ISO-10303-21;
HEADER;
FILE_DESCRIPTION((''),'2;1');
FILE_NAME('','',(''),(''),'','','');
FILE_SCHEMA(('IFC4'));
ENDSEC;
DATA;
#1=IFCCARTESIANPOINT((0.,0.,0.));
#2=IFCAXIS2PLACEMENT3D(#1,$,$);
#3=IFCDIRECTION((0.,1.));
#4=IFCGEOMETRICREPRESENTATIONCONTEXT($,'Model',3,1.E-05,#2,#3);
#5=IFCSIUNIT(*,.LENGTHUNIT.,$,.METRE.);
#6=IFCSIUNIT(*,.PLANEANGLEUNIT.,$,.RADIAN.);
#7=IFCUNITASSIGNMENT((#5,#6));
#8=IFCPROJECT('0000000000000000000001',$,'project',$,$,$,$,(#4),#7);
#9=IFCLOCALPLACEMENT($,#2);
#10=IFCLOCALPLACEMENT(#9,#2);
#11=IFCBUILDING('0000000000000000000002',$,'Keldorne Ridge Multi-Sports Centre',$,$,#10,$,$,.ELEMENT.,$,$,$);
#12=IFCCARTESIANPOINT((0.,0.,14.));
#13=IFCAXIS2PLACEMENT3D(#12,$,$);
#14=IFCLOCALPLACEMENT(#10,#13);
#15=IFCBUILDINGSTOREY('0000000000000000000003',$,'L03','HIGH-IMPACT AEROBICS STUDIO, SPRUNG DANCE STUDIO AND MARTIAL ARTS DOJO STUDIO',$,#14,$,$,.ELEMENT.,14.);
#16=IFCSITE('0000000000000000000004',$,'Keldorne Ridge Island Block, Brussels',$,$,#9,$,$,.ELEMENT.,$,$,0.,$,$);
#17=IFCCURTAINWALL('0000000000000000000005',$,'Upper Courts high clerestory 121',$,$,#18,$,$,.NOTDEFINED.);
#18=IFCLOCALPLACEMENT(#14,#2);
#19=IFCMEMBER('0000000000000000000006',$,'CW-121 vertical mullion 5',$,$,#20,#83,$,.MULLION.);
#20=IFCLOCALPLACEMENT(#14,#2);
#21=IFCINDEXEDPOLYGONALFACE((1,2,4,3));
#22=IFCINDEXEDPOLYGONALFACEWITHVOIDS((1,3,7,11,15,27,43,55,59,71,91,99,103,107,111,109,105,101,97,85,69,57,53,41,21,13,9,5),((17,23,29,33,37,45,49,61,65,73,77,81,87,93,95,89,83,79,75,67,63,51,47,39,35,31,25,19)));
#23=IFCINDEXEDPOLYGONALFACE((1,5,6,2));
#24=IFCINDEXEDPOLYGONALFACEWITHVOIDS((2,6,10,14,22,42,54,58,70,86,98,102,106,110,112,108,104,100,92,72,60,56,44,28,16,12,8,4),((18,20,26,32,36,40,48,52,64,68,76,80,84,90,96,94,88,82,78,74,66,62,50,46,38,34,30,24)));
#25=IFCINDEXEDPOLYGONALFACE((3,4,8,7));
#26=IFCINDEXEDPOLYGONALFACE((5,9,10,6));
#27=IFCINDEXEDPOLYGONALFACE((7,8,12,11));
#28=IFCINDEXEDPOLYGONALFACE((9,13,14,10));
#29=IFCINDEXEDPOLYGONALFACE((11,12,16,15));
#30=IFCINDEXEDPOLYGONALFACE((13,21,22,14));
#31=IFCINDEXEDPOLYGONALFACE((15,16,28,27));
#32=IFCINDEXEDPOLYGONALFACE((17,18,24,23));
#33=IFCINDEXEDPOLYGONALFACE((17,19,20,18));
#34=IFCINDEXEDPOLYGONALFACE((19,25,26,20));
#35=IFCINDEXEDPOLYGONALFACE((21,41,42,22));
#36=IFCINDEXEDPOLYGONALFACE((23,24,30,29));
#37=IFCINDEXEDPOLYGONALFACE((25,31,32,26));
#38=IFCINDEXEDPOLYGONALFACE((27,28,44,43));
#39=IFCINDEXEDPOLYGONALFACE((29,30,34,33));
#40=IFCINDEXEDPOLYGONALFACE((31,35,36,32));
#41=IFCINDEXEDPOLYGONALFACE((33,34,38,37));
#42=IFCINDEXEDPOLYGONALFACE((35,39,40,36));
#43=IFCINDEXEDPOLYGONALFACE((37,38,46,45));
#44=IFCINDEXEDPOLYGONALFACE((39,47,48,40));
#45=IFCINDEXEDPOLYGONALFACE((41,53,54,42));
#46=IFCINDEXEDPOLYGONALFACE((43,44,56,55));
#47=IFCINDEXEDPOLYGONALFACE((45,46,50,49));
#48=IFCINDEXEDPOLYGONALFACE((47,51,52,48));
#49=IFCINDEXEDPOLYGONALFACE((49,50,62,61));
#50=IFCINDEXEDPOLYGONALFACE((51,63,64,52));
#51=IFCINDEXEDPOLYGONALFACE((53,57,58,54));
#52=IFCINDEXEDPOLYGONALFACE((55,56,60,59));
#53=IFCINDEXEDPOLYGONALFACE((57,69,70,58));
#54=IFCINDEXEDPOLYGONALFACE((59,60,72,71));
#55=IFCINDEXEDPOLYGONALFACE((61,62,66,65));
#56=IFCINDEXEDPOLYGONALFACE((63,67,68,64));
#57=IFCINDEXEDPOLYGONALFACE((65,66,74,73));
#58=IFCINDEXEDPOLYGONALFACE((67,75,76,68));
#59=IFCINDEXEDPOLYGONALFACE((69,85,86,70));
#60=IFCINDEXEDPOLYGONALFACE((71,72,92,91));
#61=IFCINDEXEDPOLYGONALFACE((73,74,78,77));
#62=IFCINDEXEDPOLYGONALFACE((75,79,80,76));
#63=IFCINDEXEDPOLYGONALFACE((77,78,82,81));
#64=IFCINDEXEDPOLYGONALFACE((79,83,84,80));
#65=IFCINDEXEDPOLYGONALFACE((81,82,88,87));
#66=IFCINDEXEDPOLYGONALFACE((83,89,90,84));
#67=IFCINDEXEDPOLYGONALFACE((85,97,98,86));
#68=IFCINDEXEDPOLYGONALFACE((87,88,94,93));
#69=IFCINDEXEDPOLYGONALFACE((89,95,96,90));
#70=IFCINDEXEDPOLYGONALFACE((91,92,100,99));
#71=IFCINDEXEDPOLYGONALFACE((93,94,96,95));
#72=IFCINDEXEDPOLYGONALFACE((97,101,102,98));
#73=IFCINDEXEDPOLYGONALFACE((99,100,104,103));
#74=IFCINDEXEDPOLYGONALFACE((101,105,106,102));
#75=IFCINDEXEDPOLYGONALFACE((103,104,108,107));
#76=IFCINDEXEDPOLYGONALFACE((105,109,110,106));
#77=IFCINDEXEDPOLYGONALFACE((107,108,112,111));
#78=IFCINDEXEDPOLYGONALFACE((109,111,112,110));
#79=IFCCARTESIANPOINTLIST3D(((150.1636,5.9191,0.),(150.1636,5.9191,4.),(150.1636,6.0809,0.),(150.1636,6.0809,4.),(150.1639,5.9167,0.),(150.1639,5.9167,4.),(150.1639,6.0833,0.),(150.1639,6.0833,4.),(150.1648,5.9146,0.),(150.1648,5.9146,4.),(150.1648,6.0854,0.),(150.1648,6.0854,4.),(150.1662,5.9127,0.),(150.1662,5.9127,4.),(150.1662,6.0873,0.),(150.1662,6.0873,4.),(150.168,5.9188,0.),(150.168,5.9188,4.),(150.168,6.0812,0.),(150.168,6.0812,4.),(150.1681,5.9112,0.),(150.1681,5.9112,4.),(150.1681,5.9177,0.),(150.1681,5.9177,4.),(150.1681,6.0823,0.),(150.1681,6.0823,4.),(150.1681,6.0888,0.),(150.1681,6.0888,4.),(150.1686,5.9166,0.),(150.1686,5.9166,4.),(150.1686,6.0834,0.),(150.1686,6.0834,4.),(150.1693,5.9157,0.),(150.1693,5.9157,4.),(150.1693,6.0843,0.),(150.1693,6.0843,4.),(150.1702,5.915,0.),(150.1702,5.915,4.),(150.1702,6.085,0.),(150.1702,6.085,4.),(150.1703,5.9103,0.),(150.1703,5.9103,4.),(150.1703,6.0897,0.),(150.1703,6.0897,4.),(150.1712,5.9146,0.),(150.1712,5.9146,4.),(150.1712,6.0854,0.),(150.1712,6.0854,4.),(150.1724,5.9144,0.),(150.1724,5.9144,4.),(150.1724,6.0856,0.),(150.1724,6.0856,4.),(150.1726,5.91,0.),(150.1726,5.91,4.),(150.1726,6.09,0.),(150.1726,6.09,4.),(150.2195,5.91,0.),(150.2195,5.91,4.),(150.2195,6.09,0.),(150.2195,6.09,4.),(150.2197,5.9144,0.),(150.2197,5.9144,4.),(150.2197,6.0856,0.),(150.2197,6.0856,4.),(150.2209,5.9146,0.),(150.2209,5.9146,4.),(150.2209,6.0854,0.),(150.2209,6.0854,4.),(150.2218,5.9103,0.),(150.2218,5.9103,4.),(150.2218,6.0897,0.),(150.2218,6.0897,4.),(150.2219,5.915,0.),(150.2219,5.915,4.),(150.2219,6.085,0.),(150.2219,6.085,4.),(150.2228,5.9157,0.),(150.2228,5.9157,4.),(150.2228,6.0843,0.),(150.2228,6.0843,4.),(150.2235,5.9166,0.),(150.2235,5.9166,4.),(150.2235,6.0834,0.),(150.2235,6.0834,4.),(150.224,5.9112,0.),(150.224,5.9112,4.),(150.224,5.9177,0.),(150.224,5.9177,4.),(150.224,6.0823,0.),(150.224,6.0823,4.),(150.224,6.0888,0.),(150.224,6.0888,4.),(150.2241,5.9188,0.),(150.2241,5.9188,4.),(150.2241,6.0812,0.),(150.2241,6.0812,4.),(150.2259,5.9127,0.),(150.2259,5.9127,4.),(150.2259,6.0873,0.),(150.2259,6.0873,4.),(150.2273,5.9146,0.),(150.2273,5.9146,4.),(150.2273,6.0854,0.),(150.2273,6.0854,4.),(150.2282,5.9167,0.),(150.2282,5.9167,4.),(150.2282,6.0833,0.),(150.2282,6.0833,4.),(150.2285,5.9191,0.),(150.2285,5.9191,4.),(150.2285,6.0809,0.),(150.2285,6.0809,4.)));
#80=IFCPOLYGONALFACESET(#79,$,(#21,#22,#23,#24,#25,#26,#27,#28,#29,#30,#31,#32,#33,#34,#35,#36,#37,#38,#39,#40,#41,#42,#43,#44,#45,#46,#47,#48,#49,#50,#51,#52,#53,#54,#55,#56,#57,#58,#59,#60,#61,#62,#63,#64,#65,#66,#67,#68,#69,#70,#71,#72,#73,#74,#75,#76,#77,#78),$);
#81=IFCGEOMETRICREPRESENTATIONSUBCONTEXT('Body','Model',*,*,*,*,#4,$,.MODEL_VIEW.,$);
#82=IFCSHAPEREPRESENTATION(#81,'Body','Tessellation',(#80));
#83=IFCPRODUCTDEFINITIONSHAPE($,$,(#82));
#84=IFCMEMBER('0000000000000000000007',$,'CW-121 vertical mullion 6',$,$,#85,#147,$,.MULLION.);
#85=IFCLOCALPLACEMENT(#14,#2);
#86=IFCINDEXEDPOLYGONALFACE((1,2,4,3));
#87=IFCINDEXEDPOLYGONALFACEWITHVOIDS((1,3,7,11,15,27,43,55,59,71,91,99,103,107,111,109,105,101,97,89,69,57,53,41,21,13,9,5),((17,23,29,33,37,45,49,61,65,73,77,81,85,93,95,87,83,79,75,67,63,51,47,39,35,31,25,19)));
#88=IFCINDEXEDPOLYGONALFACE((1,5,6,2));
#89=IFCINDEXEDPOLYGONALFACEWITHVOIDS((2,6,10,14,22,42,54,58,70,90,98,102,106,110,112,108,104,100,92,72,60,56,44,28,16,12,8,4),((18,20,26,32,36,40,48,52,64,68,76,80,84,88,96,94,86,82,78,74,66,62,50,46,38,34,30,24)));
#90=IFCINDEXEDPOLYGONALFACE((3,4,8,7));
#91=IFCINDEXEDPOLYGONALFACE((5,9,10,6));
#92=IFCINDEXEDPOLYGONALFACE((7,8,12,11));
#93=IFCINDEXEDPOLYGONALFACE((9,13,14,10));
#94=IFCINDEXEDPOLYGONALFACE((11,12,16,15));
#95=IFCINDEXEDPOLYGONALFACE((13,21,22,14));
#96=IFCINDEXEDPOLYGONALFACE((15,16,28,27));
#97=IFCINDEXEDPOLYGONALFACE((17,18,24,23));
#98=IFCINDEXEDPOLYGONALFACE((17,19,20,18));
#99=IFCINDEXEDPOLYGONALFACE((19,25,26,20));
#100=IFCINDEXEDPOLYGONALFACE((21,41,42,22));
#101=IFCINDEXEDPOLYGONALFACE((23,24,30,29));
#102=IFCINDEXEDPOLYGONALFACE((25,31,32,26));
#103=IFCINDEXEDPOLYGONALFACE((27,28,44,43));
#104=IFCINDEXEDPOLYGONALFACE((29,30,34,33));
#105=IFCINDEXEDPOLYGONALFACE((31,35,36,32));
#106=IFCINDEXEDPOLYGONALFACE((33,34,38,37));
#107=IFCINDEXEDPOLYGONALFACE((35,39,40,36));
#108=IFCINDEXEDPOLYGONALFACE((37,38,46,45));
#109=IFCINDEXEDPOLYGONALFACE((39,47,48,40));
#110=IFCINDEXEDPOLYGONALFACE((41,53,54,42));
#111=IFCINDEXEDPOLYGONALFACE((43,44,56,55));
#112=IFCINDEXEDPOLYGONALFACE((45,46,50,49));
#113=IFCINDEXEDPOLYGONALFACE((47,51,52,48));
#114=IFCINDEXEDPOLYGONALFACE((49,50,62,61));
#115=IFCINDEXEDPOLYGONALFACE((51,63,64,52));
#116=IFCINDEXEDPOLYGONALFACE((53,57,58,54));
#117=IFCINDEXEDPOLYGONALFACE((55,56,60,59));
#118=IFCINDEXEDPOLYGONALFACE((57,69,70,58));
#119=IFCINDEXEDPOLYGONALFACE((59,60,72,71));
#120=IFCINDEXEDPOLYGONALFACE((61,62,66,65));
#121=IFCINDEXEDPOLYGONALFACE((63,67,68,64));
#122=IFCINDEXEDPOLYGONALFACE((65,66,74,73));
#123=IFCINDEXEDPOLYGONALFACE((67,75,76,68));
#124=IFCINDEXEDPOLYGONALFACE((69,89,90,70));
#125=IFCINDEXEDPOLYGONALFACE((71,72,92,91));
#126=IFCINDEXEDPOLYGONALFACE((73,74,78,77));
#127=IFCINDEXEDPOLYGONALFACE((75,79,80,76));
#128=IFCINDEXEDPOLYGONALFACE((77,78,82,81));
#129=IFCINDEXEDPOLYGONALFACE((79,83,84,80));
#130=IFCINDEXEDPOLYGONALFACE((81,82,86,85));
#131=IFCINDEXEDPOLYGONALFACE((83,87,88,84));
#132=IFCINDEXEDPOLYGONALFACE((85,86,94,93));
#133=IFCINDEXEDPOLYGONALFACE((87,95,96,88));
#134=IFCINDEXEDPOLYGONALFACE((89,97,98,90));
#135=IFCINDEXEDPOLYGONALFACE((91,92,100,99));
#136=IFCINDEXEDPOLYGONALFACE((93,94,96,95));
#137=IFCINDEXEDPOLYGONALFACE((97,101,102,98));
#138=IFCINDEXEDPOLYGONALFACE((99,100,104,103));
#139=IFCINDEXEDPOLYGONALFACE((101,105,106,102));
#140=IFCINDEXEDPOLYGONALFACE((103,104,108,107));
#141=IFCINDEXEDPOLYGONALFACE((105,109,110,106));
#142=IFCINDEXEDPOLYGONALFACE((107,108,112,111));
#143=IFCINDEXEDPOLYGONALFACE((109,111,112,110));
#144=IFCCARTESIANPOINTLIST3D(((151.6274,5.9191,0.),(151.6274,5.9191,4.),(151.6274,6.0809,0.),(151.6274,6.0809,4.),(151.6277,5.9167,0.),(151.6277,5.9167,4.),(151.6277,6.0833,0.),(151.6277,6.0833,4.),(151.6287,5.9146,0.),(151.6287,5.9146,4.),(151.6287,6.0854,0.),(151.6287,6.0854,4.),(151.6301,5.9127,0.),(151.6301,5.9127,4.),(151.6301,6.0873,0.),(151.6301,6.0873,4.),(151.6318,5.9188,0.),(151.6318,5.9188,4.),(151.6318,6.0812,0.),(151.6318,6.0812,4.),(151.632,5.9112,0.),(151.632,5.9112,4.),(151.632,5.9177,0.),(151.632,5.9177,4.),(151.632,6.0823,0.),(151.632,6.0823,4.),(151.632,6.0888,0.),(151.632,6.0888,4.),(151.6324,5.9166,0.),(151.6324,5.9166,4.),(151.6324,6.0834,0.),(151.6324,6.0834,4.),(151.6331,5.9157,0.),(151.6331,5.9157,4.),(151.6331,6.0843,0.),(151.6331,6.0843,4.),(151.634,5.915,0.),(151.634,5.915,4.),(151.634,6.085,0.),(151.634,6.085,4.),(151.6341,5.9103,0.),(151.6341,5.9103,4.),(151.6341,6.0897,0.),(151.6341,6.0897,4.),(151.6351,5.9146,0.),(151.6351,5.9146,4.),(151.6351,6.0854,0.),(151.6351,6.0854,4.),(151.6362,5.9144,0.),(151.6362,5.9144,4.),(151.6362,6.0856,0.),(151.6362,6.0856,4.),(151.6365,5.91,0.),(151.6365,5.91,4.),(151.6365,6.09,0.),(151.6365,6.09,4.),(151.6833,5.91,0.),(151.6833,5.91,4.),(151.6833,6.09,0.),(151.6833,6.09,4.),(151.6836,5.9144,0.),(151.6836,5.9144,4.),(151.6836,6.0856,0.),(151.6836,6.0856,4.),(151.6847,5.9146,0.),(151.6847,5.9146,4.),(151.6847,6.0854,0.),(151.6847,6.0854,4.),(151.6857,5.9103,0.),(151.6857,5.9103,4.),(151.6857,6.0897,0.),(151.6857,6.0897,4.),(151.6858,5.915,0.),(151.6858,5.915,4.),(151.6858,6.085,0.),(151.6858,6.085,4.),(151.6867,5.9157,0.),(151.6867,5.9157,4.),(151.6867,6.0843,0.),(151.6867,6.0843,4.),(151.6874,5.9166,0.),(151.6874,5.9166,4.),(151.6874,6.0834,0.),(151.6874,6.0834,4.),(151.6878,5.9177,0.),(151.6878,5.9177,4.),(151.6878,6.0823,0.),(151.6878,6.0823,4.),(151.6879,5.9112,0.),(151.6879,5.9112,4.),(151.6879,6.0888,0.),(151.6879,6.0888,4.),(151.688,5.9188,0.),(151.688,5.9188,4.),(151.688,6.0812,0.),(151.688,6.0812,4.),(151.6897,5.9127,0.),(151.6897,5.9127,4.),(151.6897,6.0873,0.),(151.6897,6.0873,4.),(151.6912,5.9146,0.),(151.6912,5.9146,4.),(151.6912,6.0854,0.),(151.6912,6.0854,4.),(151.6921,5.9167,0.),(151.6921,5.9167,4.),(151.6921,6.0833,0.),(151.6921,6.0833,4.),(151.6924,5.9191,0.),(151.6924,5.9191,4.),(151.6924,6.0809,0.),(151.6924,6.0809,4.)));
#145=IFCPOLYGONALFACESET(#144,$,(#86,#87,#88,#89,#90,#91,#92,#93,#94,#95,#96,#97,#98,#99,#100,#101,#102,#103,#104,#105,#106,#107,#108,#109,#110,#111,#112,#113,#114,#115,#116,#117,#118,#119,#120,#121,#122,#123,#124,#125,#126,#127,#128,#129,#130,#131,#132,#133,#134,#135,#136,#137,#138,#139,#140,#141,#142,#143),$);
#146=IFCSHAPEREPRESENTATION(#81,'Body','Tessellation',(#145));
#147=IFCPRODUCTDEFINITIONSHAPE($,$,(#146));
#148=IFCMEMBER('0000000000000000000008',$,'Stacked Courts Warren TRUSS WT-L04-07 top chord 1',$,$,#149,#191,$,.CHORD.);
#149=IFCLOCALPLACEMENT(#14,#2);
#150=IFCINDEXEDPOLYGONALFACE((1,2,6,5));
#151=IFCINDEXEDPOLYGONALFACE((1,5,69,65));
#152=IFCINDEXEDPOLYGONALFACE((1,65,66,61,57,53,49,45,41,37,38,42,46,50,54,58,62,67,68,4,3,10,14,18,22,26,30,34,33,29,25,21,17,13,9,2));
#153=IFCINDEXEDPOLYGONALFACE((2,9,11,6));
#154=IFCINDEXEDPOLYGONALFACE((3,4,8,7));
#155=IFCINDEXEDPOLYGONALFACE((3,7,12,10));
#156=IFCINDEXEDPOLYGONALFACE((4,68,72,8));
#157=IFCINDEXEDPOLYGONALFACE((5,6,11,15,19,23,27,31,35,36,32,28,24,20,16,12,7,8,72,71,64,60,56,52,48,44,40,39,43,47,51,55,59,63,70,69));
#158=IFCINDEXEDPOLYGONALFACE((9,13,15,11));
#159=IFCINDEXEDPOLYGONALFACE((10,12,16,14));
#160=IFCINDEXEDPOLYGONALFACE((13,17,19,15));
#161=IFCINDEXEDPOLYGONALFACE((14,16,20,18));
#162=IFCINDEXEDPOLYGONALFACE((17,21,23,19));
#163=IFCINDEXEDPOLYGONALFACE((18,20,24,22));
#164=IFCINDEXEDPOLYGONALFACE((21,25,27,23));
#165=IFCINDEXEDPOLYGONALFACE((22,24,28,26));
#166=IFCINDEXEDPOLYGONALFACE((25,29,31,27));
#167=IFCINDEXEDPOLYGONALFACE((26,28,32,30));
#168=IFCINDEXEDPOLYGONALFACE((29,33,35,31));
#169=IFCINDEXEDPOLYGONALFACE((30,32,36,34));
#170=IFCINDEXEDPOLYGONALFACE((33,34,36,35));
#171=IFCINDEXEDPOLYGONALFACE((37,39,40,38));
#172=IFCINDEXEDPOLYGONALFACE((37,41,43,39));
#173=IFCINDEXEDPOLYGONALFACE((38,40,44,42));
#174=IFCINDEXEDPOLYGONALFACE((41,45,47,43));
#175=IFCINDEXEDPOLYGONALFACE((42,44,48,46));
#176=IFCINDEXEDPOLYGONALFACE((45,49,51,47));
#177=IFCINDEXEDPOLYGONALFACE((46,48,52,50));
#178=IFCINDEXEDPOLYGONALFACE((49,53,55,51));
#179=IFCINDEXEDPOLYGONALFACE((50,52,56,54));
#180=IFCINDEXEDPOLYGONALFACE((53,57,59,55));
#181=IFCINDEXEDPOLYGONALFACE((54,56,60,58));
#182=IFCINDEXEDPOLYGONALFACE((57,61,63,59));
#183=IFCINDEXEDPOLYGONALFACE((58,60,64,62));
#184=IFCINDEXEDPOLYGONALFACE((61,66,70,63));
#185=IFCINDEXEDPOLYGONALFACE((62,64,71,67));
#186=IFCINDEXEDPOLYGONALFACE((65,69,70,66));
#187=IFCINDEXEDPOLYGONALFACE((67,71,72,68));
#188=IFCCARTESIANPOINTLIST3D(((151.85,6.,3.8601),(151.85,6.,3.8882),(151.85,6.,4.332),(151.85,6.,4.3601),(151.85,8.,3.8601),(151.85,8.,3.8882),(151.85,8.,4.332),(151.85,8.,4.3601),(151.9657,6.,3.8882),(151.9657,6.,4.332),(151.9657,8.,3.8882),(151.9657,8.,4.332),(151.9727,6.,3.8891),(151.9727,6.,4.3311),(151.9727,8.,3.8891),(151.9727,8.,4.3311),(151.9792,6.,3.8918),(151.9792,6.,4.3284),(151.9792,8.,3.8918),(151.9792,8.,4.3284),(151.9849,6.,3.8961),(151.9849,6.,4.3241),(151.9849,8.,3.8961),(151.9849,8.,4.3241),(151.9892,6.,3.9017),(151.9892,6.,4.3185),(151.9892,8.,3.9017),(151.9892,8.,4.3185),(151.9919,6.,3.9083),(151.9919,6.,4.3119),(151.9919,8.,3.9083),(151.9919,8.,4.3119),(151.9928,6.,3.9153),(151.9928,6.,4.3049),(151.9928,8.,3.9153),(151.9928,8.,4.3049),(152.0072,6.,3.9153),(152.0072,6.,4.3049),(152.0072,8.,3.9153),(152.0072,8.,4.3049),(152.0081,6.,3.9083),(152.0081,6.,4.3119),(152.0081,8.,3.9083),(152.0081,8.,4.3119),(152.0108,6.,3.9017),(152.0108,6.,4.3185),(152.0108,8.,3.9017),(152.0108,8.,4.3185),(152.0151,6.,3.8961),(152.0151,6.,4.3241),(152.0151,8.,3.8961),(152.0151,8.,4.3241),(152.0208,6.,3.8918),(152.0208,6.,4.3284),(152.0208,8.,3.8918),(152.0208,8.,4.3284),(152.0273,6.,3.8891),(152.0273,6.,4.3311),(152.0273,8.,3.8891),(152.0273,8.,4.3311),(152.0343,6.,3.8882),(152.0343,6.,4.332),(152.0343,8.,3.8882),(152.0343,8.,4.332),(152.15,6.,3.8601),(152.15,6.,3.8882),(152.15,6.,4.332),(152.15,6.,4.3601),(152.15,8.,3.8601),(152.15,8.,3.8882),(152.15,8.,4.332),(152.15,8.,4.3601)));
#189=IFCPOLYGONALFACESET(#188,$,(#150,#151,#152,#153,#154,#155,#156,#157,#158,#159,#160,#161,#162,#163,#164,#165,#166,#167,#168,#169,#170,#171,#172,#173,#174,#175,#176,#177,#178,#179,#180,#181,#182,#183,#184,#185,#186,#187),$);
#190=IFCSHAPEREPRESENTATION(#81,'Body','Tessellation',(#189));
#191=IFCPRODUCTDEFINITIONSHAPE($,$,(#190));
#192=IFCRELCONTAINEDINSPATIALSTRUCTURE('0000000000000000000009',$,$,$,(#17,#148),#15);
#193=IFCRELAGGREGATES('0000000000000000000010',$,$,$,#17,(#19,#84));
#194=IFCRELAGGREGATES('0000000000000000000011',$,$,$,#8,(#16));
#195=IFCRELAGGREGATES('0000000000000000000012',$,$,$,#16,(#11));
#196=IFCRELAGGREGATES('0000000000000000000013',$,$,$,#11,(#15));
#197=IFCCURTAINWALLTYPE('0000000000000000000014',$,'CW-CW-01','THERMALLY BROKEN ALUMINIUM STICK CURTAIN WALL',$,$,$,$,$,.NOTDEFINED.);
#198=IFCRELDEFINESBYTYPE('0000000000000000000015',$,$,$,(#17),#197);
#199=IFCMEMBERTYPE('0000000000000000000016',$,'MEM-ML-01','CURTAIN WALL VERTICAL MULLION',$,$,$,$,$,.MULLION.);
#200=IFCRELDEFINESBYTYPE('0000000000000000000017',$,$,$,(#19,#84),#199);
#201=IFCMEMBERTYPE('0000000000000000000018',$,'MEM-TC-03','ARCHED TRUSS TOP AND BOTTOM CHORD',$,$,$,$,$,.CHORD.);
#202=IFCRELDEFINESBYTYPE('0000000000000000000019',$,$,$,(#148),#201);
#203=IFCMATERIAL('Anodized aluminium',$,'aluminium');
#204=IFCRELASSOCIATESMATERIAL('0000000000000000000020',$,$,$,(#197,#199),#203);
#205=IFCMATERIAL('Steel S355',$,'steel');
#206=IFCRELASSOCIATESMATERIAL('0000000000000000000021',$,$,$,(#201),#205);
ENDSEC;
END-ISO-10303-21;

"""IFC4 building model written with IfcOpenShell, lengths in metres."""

from ifc_helpers import new_model, si_unit, direction, frame, origin, origin_2d, place, context, subcontext, project, spatial, hollow_rectangle, i_section, extrude, material, material_profile, profile_set, type_object, element, aggregate, save


model = new_model("IFC4")

# Units and contexts
model_context = context("Model", 3, precision=1e-05, world=origin(), true_north=direction((0.0, 1.0)))
body_context = subcontext(model_context, "Body", "Model", "MODEL_VIEW")
ifc_project = project(units=[si_unit("LENGTHUNIT", "METRE"), si_unit("PLANEANGLEUNIT", "RADIAN")], contexts=[model_context])

# Site, building, storey
site_placement = place(None, origin())
site = spatial("IfcSite", under=ifc_project, at=site_placement, Name="Keldorne Ridge Island Block, Brussels", CompositionType="ELEMENT", RefElevation=0.0)
building_placement = place(site_placement, origin())
building = spatial("IfcBuilding", under=site, at=building_placement, Name="Keldorne Ridge Multi-Sports Centre", CompositionType="ELEMENT")
storey_placement = place(building_placement, frame((0.0, 0.0, 14.0)))
storey = spatial("IfcBuildingStorey", under=building, at=storey_placement, Name="L03", Description="HIGH-IMPACT AEROBICS STUDIO, SPRUNG DANCE STUDIO AND MARTIAL ARTS DOJO STUDIO", CompositionType="ELEMENT", Elevation=14.0)

# Shared definitions
ifc_material_1 = material(Name="Steel S355", Category="steel")

# Curtain wall, members
ifc_material_2 = material(Name="Anodized aluminium", Category="aluminium")
curtain_wall_type = type_object("IfcCurtainWallType", Name="CW-CW-01", Description="THERMALLY BROKEN ALUMINIUM STICK CURTAIN WALL", PredefinedType="NOTDEFINED", material=ifc_material_2)
curtain_wall_placement = place(storey_placement, origin())
curtain_wall = element("IfcCurtainWall", 1, at=curtain_wall_placement, inside=storey, type_object=curtain_wall_type, Name="Upper Courts high clerestory 121", PredefinedType="NOTDEFINED")
ifc_material_profile_1 = material_profile(ifc_material_2, hollow_rectangle(XDim=0.0649, YDim=0.1799, WallThickness=0.0044, InnerFilletRadius=0.0044, OuterFilletRadius=0.009, at=origin_2d()), Name="ALU MULLION 180x65x4.5")
ifc_profile_set_1 = profile_set([ifc_material_profile_1], Name="Anodized aluminium")
member_type_1 = type_object("IfcMemberType", Name="MEM-ML-01", Description="CURTAIN WALL VERTICAL MULLION", PredefinedType="MULLION", material=ifc_profile_set_1)
member_1_placement = place(storey_placement, frame((150.196, 6.0, 0.0), z_axis=(0.0, 0.0, 1.0), x_axis=(1.0, 0.0, 0.0)))
member_1 = element("IfcMember", 2, at=member_1_placement, type_object=member_type_1, Name="CW-121 vertical mullion 5", PredefinedType="MULLION", context=body_context, shape_type="SweptSolid", body=[
    extrude(hollow_rectangle(XDim=0.0649, YDim=0.1799, WallThickness=0.0044, InnerFilletRadius=0.0044, OuterFilletRadius=0.009, at=origin_2d()), origin(), (0.0, 0.0, 1.0), 4.0),
])
member_2_placement = place(storey_placement, frame((151.6599, 6.0, 0.0), z_axis=(0.0, 0.0, 1.0), x_axis=(1.0, 0.0, 0.0)))
member_2 = element("IfcMember", 3, at=member_2_placement, type_object=member_type_1, Name="CW-121 vertical mullion 6", PredefinedType="MULLION", context=body_context, shape_type="SweptSolid", body=[
    extrude(hollow_rectangle(XDim=0.0649, YDim=0.1799, WallThickness=0.0044, InnerFilletRadius=0.0044, OuterFilletRadius=0.009, at=origin_2d()), origin(), (0.0, 0.0, 1.0), 4.0),
])

# Member
ifc_material_profile_2 = material_profile(ifc_material_1, i_section(OverallWidth=0.3, OverallDepth=0.5, WebThickness=0.0144, FlangeThickness=0.0281, FilletRadius=0.0271, at=origin_2d()), Name="HEB 500")
ifc_profile_set_2 = profile_set([ifc_material_profile_2], Name="Steel S355")
member_type_2 = type_object("IfcMemberType", Name="MEM-TC-03", Description="ARCHED TRUSS TOP AND BOTTOM CHORD", PredefinedType="CHORD", material=ifc_profile_set_2)
for number, where, z_axis, x_axis, name in (
    (4, (152.0, 6.0, 4.1101), (0.0, 1.0, 0.0), (-1.0, 0.0, 0.0), "Stacked Courts Warren TRUSS WT-L04-07 top chord 1"),
):
    element("IfcMember", number, at=place(storey_placement, frame(where, z_axis=z_axis, x_axis=x_axis)), inside=storey, type_object=member_type_2, Name=name, PredefinedType="CHORD", context=body_context, shape_type="SweptSolid", body=[
        extrude(i_section(OverallWidth=0.3, OverallDepth=0.5, WebThickness=0.0144, FlangeThickness=0.0281, FilletRadius=0.0271, at=origin_2d()), origin(), (0.0, 0.0, 1.0), 2.0),
    ])

aggregate(curtain_wall, [member_1, member_2])

save(model, "model.ifc")
